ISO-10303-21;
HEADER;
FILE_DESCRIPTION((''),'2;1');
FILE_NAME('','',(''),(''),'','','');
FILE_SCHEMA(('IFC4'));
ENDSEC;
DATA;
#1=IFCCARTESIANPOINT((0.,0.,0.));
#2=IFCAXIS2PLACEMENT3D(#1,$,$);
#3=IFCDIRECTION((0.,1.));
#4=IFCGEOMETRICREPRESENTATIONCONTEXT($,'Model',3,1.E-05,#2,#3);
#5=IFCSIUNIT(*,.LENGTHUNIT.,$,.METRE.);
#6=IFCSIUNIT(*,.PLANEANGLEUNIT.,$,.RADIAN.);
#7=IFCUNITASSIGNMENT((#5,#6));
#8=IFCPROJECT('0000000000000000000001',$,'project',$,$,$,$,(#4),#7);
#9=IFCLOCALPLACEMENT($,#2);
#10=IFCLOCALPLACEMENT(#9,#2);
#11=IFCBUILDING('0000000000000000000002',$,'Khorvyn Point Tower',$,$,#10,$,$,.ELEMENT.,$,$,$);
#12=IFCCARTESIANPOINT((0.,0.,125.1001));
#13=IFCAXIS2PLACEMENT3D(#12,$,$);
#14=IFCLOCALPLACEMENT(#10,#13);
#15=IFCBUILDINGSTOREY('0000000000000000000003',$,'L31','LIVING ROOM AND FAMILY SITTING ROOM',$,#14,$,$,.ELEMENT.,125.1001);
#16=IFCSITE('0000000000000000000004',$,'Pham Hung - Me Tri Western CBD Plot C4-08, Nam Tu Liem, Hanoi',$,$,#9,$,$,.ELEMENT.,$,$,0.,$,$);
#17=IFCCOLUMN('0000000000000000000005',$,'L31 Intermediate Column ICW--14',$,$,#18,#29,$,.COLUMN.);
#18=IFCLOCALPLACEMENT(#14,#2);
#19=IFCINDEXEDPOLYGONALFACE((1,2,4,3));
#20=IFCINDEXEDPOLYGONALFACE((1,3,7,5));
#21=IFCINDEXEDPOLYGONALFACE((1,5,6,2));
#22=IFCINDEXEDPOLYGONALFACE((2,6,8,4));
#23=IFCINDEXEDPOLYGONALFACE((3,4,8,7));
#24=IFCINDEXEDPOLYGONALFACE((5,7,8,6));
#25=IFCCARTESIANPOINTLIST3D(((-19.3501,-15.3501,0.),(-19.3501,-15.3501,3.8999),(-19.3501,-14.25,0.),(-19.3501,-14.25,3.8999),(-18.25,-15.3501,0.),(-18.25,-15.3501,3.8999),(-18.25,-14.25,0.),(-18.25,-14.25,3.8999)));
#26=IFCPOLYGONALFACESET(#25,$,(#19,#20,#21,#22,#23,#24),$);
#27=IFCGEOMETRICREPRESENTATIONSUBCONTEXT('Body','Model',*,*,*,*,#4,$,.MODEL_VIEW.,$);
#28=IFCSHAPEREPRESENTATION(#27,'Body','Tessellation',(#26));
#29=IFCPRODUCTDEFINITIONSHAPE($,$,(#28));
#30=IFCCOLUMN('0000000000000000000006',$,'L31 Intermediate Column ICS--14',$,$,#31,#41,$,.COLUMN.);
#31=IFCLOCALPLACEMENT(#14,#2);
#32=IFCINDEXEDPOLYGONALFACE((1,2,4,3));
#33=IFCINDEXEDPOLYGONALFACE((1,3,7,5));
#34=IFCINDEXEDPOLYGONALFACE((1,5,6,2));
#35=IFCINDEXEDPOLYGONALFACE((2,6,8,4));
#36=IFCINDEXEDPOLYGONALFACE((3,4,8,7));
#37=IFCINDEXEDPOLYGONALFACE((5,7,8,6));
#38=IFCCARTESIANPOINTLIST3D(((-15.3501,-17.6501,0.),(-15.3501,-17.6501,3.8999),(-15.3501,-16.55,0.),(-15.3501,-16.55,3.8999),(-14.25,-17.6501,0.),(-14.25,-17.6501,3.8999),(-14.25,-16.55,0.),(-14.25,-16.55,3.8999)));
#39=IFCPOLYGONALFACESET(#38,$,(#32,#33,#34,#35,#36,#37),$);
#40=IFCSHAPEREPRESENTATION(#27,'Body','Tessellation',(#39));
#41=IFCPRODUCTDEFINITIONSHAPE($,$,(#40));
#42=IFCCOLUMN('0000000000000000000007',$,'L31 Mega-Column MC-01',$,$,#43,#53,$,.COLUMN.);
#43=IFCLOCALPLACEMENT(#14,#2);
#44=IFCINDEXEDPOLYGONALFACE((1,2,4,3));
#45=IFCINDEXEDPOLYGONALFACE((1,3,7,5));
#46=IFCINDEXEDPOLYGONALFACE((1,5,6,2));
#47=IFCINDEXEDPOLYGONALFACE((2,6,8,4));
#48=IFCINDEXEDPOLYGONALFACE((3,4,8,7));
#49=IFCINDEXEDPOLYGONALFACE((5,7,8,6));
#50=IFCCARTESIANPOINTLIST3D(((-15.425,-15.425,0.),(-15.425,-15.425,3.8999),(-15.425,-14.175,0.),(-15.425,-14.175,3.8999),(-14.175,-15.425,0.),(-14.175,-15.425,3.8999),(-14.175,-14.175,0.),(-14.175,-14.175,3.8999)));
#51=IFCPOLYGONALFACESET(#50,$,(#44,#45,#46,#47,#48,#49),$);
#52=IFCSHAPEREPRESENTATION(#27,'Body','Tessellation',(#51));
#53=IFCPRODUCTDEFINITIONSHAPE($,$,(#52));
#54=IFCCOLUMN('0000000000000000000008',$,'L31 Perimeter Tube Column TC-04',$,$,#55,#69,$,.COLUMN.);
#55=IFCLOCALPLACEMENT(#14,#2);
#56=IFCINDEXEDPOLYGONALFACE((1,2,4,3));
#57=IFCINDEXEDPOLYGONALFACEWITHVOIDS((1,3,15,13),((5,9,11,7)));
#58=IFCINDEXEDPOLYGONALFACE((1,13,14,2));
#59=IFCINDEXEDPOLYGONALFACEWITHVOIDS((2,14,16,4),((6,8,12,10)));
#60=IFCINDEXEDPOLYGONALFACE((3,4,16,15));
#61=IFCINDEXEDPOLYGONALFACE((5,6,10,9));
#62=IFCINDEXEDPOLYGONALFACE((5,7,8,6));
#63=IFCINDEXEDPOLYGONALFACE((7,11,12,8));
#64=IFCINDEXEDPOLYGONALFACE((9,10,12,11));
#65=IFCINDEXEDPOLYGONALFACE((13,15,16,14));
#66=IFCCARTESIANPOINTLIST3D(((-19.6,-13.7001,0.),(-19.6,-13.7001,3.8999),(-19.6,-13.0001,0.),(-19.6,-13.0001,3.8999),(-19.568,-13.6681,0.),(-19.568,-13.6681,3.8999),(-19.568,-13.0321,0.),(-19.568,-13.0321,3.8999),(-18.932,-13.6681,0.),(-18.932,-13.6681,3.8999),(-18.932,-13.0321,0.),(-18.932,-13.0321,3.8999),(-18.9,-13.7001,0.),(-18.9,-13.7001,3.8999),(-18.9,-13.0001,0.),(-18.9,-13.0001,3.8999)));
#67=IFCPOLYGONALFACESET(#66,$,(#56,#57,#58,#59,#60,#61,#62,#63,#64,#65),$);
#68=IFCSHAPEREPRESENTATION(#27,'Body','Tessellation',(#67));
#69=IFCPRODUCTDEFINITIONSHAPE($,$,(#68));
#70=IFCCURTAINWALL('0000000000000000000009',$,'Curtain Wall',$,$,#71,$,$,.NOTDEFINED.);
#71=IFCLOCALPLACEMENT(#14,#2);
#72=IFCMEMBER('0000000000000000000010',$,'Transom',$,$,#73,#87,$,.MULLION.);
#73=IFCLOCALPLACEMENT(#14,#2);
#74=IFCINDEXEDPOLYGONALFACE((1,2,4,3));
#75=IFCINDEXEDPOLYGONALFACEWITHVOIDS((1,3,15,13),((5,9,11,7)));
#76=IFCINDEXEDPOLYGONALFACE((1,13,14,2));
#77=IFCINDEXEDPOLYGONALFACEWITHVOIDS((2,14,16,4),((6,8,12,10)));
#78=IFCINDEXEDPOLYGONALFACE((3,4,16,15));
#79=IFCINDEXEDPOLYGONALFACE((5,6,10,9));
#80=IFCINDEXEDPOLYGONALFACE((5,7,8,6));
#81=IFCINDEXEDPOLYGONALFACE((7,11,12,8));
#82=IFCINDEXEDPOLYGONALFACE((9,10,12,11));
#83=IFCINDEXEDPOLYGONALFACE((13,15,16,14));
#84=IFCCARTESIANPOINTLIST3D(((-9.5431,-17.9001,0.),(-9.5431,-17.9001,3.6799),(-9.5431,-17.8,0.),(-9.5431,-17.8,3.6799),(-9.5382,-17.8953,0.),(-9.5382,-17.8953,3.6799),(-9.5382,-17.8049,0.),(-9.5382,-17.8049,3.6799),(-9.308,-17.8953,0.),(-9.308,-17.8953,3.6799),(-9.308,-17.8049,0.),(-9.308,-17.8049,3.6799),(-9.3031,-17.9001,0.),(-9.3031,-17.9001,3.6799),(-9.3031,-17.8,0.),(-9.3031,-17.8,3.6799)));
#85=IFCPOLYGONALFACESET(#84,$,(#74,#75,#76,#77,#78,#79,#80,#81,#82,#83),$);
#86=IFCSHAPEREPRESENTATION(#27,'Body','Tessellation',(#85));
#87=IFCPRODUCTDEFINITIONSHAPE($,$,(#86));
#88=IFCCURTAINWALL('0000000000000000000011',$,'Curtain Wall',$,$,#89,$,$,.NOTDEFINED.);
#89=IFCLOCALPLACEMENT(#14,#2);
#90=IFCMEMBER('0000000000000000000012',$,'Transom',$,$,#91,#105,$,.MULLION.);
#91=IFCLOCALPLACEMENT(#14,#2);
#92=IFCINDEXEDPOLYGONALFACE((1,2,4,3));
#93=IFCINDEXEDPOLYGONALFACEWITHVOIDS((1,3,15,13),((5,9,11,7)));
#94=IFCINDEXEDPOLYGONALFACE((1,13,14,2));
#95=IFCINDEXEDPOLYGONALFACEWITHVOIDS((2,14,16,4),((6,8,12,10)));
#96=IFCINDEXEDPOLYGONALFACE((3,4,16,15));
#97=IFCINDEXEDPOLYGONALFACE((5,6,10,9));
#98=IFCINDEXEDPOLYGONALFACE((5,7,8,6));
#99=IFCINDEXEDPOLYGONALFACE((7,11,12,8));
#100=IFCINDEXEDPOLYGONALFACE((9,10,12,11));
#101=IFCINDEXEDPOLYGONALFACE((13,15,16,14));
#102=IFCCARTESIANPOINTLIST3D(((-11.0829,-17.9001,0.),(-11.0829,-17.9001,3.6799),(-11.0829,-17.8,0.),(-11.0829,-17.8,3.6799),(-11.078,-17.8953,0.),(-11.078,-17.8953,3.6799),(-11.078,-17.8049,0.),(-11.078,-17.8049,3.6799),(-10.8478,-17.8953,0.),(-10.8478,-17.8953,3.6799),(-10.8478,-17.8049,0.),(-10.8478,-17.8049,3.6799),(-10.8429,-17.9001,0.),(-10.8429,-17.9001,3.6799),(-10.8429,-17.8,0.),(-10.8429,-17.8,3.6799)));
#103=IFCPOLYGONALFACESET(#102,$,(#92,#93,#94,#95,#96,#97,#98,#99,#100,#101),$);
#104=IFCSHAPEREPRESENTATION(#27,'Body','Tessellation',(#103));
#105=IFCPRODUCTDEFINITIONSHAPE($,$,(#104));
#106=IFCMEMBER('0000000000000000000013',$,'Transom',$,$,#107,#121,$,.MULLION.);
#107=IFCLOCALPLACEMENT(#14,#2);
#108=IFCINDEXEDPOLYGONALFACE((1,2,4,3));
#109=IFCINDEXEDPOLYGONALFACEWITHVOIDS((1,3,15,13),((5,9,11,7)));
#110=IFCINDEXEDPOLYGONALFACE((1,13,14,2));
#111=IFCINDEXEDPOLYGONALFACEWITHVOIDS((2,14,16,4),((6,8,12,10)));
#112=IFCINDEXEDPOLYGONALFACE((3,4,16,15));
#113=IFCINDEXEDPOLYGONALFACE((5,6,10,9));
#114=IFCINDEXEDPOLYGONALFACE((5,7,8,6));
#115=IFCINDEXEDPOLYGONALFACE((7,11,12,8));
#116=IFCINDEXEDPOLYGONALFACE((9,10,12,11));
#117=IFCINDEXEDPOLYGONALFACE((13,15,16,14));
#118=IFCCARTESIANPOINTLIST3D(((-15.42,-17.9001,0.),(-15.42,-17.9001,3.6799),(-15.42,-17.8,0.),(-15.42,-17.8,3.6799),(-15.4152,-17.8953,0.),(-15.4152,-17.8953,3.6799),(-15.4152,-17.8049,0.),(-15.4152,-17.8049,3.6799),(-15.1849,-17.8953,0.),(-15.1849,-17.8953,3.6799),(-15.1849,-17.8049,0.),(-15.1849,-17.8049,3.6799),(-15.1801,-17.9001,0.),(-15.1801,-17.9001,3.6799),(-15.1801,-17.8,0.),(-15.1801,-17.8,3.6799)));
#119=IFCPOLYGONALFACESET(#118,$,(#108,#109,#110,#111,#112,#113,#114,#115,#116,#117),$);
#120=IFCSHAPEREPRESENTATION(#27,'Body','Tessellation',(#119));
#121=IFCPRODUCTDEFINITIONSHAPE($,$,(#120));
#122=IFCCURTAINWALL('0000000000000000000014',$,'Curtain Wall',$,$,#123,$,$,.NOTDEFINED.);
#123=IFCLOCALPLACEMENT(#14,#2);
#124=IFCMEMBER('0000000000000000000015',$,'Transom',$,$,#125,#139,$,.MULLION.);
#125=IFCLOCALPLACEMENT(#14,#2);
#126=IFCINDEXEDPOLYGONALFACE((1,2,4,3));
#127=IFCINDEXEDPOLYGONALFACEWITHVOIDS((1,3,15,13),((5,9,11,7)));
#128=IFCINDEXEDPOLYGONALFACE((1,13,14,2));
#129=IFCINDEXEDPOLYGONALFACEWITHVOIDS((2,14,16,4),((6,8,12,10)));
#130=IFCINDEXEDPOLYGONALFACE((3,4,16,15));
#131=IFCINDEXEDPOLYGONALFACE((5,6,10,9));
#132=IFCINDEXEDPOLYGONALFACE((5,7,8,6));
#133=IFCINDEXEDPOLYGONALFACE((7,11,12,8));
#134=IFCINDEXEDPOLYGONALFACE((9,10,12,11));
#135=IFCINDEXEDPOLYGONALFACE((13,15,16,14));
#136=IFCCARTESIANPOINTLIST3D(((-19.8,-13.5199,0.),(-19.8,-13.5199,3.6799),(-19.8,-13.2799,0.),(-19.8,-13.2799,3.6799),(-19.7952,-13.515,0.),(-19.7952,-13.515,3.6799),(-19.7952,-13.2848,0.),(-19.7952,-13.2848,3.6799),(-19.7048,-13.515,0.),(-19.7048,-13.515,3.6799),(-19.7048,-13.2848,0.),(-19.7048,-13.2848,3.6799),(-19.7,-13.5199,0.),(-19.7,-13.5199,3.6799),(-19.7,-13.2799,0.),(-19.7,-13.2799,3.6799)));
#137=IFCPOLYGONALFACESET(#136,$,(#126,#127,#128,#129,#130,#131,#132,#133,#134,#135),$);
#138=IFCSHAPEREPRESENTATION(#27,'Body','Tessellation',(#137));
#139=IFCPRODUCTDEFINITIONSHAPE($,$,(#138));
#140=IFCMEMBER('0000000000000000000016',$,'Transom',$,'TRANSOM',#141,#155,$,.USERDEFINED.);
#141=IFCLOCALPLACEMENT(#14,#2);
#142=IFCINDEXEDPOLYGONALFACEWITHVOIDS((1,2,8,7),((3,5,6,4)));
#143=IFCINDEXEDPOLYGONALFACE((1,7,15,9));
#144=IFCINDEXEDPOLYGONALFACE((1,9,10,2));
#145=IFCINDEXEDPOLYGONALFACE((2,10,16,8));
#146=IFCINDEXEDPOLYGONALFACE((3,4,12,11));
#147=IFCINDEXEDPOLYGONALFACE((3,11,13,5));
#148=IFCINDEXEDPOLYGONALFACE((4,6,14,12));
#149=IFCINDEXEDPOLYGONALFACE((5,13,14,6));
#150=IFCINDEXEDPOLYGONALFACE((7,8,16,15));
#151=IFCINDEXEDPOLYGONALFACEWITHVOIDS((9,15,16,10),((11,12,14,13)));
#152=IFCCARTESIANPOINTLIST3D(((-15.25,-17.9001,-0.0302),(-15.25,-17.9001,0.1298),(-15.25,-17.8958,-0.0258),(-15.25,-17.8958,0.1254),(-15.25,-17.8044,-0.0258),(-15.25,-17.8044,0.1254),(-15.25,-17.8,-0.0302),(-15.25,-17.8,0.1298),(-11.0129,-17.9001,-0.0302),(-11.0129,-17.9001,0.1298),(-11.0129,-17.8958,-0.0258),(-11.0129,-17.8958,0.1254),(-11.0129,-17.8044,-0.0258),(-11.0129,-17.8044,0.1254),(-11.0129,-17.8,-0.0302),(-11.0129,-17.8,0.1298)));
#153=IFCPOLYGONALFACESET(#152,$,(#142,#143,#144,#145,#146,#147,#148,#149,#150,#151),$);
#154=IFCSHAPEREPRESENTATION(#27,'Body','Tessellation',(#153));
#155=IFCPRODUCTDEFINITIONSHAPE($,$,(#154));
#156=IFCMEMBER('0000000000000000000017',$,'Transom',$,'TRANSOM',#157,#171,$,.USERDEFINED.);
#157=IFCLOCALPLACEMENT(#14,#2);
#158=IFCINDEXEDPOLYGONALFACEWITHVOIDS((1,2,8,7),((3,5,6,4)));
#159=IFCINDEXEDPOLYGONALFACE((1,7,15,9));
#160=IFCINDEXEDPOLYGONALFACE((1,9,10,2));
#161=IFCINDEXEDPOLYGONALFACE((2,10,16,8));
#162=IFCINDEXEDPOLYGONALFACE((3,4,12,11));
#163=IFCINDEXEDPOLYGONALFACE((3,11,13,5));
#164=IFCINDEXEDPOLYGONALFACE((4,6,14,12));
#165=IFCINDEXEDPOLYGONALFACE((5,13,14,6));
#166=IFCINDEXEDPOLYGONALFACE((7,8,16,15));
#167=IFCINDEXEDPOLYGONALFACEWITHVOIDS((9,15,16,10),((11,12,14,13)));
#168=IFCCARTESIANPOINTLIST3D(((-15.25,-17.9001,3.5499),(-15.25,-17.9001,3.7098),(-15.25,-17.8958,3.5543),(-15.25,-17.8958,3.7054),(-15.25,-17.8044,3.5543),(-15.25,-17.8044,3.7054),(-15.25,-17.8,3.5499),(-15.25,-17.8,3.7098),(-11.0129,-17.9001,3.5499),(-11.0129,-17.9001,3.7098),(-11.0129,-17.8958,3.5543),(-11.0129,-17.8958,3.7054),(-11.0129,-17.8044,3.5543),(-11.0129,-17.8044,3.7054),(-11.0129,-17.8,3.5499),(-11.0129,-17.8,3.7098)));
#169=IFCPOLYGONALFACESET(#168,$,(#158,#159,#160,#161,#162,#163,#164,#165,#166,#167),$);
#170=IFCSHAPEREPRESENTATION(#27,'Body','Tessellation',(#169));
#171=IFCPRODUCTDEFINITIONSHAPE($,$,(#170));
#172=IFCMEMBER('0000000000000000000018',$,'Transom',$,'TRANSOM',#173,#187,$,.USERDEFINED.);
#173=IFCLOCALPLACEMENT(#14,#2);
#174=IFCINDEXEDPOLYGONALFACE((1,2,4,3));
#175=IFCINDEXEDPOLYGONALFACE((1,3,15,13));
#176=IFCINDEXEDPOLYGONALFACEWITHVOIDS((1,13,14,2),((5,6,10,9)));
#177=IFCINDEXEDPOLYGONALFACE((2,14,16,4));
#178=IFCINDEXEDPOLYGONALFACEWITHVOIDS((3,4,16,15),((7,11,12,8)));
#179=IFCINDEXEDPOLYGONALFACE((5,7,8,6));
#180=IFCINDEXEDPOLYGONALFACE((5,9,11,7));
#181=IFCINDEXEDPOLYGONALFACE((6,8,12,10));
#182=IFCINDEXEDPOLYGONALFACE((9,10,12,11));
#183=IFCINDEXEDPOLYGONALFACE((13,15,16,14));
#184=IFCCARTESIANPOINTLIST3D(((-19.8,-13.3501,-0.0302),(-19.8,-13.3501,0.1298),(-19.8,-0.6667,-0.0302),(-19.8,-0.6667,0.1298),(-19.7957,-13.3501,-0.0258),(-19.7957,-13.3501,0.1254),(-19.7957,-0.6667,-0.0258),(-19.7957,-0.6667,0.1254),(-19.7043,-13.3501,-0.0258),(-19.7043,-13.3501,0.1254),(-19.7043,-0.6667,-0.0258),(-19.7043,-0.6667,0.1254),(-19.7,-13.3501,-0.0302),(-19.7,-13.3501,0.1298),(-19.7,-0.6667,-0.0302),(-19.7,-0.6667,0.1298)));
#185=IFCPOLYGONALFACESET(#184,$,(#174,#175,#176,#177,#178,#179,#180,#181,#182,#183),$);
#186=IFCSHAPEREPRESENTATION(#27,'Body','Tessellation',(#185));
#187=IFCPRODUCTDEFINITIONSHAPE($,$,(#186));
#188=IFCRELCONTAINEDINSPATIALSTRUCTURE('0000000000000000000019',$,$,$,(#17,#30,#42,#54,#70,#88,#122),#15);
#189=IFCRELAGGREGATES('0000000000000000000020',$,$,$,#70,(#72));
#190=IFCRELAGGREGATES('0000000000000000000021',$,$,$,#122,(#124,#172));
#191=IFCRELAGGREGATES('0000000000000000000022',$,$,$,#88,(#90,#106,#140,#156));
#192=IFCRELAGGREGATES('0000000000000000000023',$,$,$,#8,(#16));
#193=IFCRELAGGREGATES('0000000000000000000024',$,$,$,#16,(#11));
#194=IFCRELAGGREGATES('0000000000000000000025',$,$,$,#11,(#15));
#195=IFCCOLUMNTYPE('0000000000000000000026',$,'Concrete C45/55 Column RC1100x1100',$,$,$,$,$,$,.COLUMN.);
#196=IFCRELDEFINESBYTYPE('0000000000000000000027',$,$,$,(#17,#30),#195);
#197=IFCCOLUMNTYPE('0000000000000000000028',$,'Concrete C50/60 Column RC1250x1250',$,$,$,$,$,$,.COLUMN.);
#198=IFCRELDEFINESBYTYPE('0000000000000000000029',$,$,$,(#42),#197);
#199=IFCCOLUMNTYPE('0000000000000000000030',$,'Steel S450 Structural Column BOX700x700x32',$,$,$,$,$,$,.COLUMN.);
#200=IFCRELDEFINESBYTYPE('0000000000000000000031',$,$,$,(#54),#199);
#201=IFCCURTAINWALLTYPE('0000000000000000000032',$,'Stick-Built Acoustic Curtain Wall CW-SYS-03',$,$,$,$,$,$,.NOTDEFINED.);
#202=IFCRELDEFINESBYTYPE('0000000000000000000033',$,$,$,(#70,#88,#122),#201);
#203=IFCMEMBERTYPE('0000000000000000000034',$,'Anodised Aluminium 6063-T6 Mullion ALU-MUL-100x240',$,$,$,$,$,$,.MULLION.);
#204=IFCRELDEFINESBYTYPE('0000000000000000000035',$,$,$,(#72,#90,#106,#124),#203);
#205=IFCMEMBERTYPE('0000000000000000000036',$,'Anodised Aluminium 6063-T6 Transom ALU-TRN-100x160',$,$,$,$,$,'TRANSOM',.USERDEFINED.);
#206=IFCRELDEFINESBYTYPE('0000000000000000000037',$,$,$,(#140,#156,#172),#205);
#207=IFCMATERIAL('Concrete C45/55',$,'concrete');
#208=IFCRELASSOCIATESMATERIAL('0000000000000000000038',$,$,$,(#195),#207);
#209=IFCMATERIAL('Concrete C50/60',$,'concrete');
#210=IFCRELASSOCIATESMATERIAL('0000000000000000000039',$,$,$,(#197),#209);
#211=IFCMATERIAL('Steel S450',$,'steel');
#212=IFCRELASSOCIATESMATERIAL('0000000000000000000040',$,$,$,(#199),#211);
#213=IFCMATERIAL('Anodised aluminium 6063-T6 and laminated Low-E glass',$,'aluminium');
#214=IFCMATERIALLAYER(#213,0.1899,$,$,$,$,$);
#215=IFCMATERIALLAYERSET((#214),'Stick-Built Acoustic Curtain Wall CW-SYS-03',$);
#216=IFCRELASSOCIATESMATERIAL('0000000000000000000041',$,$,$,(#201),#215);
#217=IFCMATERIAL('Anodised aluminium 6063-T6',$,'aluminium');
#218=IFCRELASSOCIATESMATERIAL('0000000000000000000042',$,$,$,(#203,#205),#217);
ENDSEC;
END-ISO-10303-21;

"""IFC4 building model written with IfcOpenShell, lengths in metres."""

from ifc_helpers import new_model, si_unit, direction, frame, origin, origin_2d, place, context, subcontext, project, spatial, rectangle, hollow_rectangle, extrude, material, layer, layer_set, material_profile, profile_set, type_object, element, aggregate, save


model = new_model("IFC4")

# Units and contexts
model_context = context("Model", 3, precision=1e-05, world=origin(), true_north=direction((0.0, 1.0)))
body_context = subcontext(model_context, "Body", "Model", "MODEL_VIEW")
ifc_project = project(units=[si_unit("LENGTHUNIT", "METRE"), si_unit("PLANEANGLEUNIT", "RADIAN")], contexts=[model_context])

# Site, building, storey
site_placement = place(None, origin())
site = spatial("IfcSite", under=ifc_project, at=site_placement, Name="Pham Hung - Me Tri Western CBD Plot C4-08, Nam Tu Liem, Hanoi", CompositionType="ELEMENT", RefElevation=0.0)
building_placement = place(site_placement, origin())
building = spatial("IfcBuilding", under=site, at=building_placement, Name="Khorvyn Point Tower", CompositionType="ELEMENT")
storey_placement = place(building_placement, frame((0.0, 0.0, 125.1001)))
storey = spatial("IfcBuildingStorey", under=building, at=storey_placement, Name="L31", Description="LIVING ROOM AND FAMILY SITTING ROOM", CompositionType="ELEMENT", Elevation=125.1001)

# Columns
ifc_material_1 = material(Name="Concrete C45/55", Category="concrete")
ifc_material_profile_1 = material_profile(ifc_material_1, rectangle(XDim=1.1001, YDim=1.1001, at=origin_2d()))
ifc_profile_set_1 = profile_set([ifc_material_profile_1], Name="Concrete C45/55 RC1100x1100")
column_type_1 = type_object("IfcColumnType", Name="Concrete C45/55 Column RC1100x1100", PredefinedType="COLUMN", material=ifc_profile_set_1)
for number, where, z_axis, x_axis, name in (
    (1, (-18.8, -14.8, 0.0), (0.0, 0.0, 1.0), (1.0, 0.0, 0.0), "L31 Intermediate Column ICW--14"),
    (2, (-14.8, -17.1001, 0.0), (0.0, 0.0, 1.0), (1.0, 0.0, 0.0), "L31 Intermediate Column ICS--14"),
):
    element("IfcColumn", number, at=place(storey_placement, frame(where, z_axis=z_axis, x_axis=x_axis)), inside=storey, type_object=column_type_1, Name=name, PredefinedType="COLUMN", context=body_context, shape_type="SweptSolid", body=[
        extrude(rectangle(XDim=1.1001, YDim=1.1001, at=origin_2d()), origin(), (0.0, 0.0, 1.0), 3.8999),
    ])
ifc_material_2 = material(Name="Concrete C50/60", Category="concrete")
ifc_material_profile_2 = material_profile(ifc_material_2, rectangle(XDim=1.25, YDim=1.25, at=origin_2d()))
ifc_profile_set_2 = profile_set([ifc_material_profile_2], Name="Concrete C50/60 RC1250x1250")
column_type_2 = type_object("IfcColumnType", Name="Concrete C50/60 Column RC1250x1250", PredefinedType="COLUMN", material=ifc_profile_set_2)
column_1_placement = place(storey_placement, frame((-14.8, -14.8, 0.0), z_axis=(0.0, 0.0, 1.0), x_axis=(1.0, 0.0, 0.0)))
element("IfcColumn", 3, at=column_1_placement, inside=storey, type_object=column_type_2, Name="L31 Mega-Column MC-01", PredefinedType="COLUMN", context=body_context, shape_type="SweptSolid", body=[
    extrude(rectangle(XDim=1.25, YDim=1.25, at=origin_2d()), origin(), (0.0, 0.0, 1.0), 3.8999),
])
ifc_material_3 = material(Name="Steel S450", Category="steel")
ifc_material_profile_3 = material_profile(ifc_material_3, hollow_rectangle(XDim=0.7, YDim=0.7, WallThickness=0.032, at=origin_2d()))
ifc_profile_set_3 = profile_set([ifc_material_profile_3], Name="Steel S450 BOX700x700x32")
column_type_3 = type_object("IfcColumnType", Name="Steel S450 Structural Column BOX700x700x32", PredefinedType="COLUMN", material=ifc_profile_set_3)
column_2_placement = place(storey_placement, frame((-19.25, -13.3501, 0.0), z_axis=(0.0, 0.0, 1.0), x_axis=(1.0, 0.0, 0.0)))
element("IfcColumn", 4, at=column_2_placement, inside=storey, type_object=column_type_3, Name="L31 Perimeter Tube Column TC-04", PredefinedType="COLUMN", context=body_context, shape_type="SweptSolid", body=[
    extrude(hollow_rectangle(XDim=0.7, YDim=0.7, WallThickness=0.032, at=origin_2d()), origin(), (0.0, 0.0, 1.0), 3.8999),
])

# Curtain wall, member
ifc_material_4 = material(Name="Anodised aluminium 6063-T6 and laminated Low-E glass", Category="aluminium")
ifc_layer_1 = layer(ifc_material_4, 0.1899)
ifc_layer_set_1 = layer_set([ifc_layer_1], Name="Stick-Built Acoustic Curtain Wall CW-SYS-03")
curtain_wall_type = type_object("IfcCurtainWallType", Name="Stick-Built Acoustic Curtain Wall CW-SYS-03", PredefinedType="NOTDEFINED", material=ifc_layer_set_1)
curtain_wall_1_placement = place(storey_placement, origin())
curtain_wall_1 = element("IfcCurtainWall", 5, at=curtain_wall_1_placement, inside=storey, type_object=curtain_wall_type, Name="Curtain Wall", PredefinedType="NOTDEFINED")
ifc_material_5 = material(Name="Anodised aluminium 6063-T6", Category="aluminium")
ifc_material_profile_4 = material_profile(ifc_material_5, hollow_rectangle(XDim=0.1001, YDim=0.24, WallThickness=0.0049, at=origin_2d()))
ifc_profile_set_4 = profile_set([ifc_material_profile_4], Name="Anodised aluminium 6063-T6 ALU-MUL-100x240")
member_type_1 = type_object("IfcMemberType", Name="Anodised Aluminium 6063-T6 Mullion ALU-MUL-100x240", PredefinedType="MULLION", material=ifc_profile_set_4)
member_1_placement = place(storey_placement, frame((-9.4231, -17.8501, 0.0), z_axis=(0.0, 0.0, 1.0), x_axis=(0.0, -1.0, 0.0)))
member_1 = element("IfcMember", 6, at=member_1_placement, type_object=member_type_1, Name="Transom", PredefinedType="MULLION", context=body_context, shape_type="SweptSolid", body=[
    extrude(hollow_rectangle(XDim=0.1001, YDim=0.24, WallThickness=0.0049, at=origin_2d()), origin(), (0.0, 0.0, 1.0), 3.6799),
])
aggregate(curtain_wall_1, [member_1])

# Curtain wall, members
curtain_wall_2_placement = place(storey_placement, origin())
curtain_wall_2 = element("IfcCurtainWall", 7, at=curtain_wall_2_placement, inside=storey, type_object=curtain_wall_type, Name="Curtain Wall", PredefinedType="NOTDEFINED")
member_2_placement = place(storey_placement, frame((-10.9629, -17.8501, 0.0), z_axis=(0.0, 0.0, 1.0), x_axis=(0.0, -1.0, 0.0)))
member_2 = element("IfcMember", 8, at=member_2_placement, type_object=member_type_1, Name="Transom", PredefinedType="MULLION", context=body_context, shape_type="SweptSolid", body=[
    extrude(hollow_rectangle(XDim=0.1001, YDim=0.24, WallThickness=0.0049, at=origin_2d()), origin(), (0.0, 0.0, 1.0), 3.6799),
])
member_3_placement = place(storey_placement, frame((-15.3, -17.8501, 0.0), z_axis=(0.0, 0.0, 1.0), x_axis=(0.0, -1.0, 0.0)))
member_3 = element("IfcMember", 9, at=member_3_placement, type_object=member_type_1, Name="Transom", PredefinedType="MULLION", context=body_context, shape_type="SweptSolid", body=[
    extrude(hollow_rectangle(XDim=0.1001, YDim=0.24, WallThickness=0.0049, at=origin_2d()), origin(), (0.0, 0.0, 1.0), 3.6799),
])

# Curtain wall, member
curtain_wall_3_placement = place(storey_placement, origin())
curtain_wall_3 = element("IfcCurtainWall", 10, at=curtain_wall_3_placement, inside=storey, type_object=curtain_wall_type, Name="Curtain Wall", PredefinedType="NOTDEFINED")
member_4_placement = place(storey_placement, frame((-19.75, -13.3999, 0.0), z_axis=(0.0, 0.0, 1.0), x_axis=(-1.0, 0.0, 0.0)))
member_4 = element("IfcMember", 11, at=member_4_placement, type_object=member_type_1, Name="Transom", PredefinedType="MULLION", context=body_context, shape_type="SweptSolid", body=[
    extrude(hollow_rectangle(XDim=0.1001, YDim=0.24, WallThickness=0.0049, at=origin_2d()), origin(), (0.0, 0.0, 1.0), 3.6799),
])

# Members
ifc_material_profile_5 = material_profile(ifc_material_5, hollow_rectangle(XDim=0.1001, YDim=0.1599, WallThickness=0.0044, at=origin_2d()))
ifc_profile_set_5 = profile_set([ifc_material_profile_5], Name="Anodised aluminium 6063-T6 ALU-TRN-100x160")
member_type_2 = type_object("IfcMemberType", Name="Anodised Aluminium 6063-T6 Transom ALU-TRN-100x160", ElementType="TRANSOM", PredefinedType="USERDEFINED", material=ifc_profile_set_5)
member_5_placement = place(storey_placement, frame((-11.0129, -17.8501, 0.0498), z_axis=(-1.0, 0.0, 0.0), x_axis=(0.0, -1.0, 0.0)))
member_5 = element("IfcMember", 12, at=member_5_placement, type_object=member_type_2, Name="Transom", ObjectType="TRANSOM", PredefinedType="USERDEFINED", context=body_context, shape_type="SweptSolid", body=[
    extrude(hollow_rectangle(XDim=0.1001, YDim=0.1599, WallThickness=0.0044, at=origin_2d()), origin(), (0.0, 0.0, 1.0), 4.2371),
])
member_6_placement = place(storey_placement, frame((-11.0129, -17.8501, 3.6299), z_axis=(-1.0, 0.0, 0.0), x_axis=(0.0, -1.0, 0.0)))
member_6 = element("IfcMember", 13, at=member_6_placement, type_object=member_type_2, Name="Transom", ObjectType="TRANSOM", PredefinedType="USERDEFINED", context=body_context, shape_type="SweptSolid", body=[
    extrude(hollow_rectangle(XDim=0.1001, YDim=0.1599, WallThickness=0.0044, at=origin_2d()), origin(), (0.0, 0.0, 1.0), 4.2371),
])
member_7_placement = place(storey_placement, frame((-19.75, -13.3501, 0.0498), z_axis=(0.0, 1.0, 0.0), x_axis=(-1.0, 0.0, 0.0)))
member_7 = element("IfcMember", 14, at=member_7_placement, type_object=member_type_2, Name="Transom", ObjectType="TRANSOM", PredefinedType="USERDEFINED", context=body_context, shape_type="SweptSolid", body=[
    extrude(hollow_rectangle(XDim=0.1001, YDim=0.1599, WallThickness=0.0044, at=origin_2d()), origin(), (0.0, 0.0, 1.0), 12.6833),
])
aggregate(curtain_wall_3, [member_4, member_7])

aggregate(curtain_wall_2, [member_2, member_3, member_5, member_6])

save(model, "model.ifc")
